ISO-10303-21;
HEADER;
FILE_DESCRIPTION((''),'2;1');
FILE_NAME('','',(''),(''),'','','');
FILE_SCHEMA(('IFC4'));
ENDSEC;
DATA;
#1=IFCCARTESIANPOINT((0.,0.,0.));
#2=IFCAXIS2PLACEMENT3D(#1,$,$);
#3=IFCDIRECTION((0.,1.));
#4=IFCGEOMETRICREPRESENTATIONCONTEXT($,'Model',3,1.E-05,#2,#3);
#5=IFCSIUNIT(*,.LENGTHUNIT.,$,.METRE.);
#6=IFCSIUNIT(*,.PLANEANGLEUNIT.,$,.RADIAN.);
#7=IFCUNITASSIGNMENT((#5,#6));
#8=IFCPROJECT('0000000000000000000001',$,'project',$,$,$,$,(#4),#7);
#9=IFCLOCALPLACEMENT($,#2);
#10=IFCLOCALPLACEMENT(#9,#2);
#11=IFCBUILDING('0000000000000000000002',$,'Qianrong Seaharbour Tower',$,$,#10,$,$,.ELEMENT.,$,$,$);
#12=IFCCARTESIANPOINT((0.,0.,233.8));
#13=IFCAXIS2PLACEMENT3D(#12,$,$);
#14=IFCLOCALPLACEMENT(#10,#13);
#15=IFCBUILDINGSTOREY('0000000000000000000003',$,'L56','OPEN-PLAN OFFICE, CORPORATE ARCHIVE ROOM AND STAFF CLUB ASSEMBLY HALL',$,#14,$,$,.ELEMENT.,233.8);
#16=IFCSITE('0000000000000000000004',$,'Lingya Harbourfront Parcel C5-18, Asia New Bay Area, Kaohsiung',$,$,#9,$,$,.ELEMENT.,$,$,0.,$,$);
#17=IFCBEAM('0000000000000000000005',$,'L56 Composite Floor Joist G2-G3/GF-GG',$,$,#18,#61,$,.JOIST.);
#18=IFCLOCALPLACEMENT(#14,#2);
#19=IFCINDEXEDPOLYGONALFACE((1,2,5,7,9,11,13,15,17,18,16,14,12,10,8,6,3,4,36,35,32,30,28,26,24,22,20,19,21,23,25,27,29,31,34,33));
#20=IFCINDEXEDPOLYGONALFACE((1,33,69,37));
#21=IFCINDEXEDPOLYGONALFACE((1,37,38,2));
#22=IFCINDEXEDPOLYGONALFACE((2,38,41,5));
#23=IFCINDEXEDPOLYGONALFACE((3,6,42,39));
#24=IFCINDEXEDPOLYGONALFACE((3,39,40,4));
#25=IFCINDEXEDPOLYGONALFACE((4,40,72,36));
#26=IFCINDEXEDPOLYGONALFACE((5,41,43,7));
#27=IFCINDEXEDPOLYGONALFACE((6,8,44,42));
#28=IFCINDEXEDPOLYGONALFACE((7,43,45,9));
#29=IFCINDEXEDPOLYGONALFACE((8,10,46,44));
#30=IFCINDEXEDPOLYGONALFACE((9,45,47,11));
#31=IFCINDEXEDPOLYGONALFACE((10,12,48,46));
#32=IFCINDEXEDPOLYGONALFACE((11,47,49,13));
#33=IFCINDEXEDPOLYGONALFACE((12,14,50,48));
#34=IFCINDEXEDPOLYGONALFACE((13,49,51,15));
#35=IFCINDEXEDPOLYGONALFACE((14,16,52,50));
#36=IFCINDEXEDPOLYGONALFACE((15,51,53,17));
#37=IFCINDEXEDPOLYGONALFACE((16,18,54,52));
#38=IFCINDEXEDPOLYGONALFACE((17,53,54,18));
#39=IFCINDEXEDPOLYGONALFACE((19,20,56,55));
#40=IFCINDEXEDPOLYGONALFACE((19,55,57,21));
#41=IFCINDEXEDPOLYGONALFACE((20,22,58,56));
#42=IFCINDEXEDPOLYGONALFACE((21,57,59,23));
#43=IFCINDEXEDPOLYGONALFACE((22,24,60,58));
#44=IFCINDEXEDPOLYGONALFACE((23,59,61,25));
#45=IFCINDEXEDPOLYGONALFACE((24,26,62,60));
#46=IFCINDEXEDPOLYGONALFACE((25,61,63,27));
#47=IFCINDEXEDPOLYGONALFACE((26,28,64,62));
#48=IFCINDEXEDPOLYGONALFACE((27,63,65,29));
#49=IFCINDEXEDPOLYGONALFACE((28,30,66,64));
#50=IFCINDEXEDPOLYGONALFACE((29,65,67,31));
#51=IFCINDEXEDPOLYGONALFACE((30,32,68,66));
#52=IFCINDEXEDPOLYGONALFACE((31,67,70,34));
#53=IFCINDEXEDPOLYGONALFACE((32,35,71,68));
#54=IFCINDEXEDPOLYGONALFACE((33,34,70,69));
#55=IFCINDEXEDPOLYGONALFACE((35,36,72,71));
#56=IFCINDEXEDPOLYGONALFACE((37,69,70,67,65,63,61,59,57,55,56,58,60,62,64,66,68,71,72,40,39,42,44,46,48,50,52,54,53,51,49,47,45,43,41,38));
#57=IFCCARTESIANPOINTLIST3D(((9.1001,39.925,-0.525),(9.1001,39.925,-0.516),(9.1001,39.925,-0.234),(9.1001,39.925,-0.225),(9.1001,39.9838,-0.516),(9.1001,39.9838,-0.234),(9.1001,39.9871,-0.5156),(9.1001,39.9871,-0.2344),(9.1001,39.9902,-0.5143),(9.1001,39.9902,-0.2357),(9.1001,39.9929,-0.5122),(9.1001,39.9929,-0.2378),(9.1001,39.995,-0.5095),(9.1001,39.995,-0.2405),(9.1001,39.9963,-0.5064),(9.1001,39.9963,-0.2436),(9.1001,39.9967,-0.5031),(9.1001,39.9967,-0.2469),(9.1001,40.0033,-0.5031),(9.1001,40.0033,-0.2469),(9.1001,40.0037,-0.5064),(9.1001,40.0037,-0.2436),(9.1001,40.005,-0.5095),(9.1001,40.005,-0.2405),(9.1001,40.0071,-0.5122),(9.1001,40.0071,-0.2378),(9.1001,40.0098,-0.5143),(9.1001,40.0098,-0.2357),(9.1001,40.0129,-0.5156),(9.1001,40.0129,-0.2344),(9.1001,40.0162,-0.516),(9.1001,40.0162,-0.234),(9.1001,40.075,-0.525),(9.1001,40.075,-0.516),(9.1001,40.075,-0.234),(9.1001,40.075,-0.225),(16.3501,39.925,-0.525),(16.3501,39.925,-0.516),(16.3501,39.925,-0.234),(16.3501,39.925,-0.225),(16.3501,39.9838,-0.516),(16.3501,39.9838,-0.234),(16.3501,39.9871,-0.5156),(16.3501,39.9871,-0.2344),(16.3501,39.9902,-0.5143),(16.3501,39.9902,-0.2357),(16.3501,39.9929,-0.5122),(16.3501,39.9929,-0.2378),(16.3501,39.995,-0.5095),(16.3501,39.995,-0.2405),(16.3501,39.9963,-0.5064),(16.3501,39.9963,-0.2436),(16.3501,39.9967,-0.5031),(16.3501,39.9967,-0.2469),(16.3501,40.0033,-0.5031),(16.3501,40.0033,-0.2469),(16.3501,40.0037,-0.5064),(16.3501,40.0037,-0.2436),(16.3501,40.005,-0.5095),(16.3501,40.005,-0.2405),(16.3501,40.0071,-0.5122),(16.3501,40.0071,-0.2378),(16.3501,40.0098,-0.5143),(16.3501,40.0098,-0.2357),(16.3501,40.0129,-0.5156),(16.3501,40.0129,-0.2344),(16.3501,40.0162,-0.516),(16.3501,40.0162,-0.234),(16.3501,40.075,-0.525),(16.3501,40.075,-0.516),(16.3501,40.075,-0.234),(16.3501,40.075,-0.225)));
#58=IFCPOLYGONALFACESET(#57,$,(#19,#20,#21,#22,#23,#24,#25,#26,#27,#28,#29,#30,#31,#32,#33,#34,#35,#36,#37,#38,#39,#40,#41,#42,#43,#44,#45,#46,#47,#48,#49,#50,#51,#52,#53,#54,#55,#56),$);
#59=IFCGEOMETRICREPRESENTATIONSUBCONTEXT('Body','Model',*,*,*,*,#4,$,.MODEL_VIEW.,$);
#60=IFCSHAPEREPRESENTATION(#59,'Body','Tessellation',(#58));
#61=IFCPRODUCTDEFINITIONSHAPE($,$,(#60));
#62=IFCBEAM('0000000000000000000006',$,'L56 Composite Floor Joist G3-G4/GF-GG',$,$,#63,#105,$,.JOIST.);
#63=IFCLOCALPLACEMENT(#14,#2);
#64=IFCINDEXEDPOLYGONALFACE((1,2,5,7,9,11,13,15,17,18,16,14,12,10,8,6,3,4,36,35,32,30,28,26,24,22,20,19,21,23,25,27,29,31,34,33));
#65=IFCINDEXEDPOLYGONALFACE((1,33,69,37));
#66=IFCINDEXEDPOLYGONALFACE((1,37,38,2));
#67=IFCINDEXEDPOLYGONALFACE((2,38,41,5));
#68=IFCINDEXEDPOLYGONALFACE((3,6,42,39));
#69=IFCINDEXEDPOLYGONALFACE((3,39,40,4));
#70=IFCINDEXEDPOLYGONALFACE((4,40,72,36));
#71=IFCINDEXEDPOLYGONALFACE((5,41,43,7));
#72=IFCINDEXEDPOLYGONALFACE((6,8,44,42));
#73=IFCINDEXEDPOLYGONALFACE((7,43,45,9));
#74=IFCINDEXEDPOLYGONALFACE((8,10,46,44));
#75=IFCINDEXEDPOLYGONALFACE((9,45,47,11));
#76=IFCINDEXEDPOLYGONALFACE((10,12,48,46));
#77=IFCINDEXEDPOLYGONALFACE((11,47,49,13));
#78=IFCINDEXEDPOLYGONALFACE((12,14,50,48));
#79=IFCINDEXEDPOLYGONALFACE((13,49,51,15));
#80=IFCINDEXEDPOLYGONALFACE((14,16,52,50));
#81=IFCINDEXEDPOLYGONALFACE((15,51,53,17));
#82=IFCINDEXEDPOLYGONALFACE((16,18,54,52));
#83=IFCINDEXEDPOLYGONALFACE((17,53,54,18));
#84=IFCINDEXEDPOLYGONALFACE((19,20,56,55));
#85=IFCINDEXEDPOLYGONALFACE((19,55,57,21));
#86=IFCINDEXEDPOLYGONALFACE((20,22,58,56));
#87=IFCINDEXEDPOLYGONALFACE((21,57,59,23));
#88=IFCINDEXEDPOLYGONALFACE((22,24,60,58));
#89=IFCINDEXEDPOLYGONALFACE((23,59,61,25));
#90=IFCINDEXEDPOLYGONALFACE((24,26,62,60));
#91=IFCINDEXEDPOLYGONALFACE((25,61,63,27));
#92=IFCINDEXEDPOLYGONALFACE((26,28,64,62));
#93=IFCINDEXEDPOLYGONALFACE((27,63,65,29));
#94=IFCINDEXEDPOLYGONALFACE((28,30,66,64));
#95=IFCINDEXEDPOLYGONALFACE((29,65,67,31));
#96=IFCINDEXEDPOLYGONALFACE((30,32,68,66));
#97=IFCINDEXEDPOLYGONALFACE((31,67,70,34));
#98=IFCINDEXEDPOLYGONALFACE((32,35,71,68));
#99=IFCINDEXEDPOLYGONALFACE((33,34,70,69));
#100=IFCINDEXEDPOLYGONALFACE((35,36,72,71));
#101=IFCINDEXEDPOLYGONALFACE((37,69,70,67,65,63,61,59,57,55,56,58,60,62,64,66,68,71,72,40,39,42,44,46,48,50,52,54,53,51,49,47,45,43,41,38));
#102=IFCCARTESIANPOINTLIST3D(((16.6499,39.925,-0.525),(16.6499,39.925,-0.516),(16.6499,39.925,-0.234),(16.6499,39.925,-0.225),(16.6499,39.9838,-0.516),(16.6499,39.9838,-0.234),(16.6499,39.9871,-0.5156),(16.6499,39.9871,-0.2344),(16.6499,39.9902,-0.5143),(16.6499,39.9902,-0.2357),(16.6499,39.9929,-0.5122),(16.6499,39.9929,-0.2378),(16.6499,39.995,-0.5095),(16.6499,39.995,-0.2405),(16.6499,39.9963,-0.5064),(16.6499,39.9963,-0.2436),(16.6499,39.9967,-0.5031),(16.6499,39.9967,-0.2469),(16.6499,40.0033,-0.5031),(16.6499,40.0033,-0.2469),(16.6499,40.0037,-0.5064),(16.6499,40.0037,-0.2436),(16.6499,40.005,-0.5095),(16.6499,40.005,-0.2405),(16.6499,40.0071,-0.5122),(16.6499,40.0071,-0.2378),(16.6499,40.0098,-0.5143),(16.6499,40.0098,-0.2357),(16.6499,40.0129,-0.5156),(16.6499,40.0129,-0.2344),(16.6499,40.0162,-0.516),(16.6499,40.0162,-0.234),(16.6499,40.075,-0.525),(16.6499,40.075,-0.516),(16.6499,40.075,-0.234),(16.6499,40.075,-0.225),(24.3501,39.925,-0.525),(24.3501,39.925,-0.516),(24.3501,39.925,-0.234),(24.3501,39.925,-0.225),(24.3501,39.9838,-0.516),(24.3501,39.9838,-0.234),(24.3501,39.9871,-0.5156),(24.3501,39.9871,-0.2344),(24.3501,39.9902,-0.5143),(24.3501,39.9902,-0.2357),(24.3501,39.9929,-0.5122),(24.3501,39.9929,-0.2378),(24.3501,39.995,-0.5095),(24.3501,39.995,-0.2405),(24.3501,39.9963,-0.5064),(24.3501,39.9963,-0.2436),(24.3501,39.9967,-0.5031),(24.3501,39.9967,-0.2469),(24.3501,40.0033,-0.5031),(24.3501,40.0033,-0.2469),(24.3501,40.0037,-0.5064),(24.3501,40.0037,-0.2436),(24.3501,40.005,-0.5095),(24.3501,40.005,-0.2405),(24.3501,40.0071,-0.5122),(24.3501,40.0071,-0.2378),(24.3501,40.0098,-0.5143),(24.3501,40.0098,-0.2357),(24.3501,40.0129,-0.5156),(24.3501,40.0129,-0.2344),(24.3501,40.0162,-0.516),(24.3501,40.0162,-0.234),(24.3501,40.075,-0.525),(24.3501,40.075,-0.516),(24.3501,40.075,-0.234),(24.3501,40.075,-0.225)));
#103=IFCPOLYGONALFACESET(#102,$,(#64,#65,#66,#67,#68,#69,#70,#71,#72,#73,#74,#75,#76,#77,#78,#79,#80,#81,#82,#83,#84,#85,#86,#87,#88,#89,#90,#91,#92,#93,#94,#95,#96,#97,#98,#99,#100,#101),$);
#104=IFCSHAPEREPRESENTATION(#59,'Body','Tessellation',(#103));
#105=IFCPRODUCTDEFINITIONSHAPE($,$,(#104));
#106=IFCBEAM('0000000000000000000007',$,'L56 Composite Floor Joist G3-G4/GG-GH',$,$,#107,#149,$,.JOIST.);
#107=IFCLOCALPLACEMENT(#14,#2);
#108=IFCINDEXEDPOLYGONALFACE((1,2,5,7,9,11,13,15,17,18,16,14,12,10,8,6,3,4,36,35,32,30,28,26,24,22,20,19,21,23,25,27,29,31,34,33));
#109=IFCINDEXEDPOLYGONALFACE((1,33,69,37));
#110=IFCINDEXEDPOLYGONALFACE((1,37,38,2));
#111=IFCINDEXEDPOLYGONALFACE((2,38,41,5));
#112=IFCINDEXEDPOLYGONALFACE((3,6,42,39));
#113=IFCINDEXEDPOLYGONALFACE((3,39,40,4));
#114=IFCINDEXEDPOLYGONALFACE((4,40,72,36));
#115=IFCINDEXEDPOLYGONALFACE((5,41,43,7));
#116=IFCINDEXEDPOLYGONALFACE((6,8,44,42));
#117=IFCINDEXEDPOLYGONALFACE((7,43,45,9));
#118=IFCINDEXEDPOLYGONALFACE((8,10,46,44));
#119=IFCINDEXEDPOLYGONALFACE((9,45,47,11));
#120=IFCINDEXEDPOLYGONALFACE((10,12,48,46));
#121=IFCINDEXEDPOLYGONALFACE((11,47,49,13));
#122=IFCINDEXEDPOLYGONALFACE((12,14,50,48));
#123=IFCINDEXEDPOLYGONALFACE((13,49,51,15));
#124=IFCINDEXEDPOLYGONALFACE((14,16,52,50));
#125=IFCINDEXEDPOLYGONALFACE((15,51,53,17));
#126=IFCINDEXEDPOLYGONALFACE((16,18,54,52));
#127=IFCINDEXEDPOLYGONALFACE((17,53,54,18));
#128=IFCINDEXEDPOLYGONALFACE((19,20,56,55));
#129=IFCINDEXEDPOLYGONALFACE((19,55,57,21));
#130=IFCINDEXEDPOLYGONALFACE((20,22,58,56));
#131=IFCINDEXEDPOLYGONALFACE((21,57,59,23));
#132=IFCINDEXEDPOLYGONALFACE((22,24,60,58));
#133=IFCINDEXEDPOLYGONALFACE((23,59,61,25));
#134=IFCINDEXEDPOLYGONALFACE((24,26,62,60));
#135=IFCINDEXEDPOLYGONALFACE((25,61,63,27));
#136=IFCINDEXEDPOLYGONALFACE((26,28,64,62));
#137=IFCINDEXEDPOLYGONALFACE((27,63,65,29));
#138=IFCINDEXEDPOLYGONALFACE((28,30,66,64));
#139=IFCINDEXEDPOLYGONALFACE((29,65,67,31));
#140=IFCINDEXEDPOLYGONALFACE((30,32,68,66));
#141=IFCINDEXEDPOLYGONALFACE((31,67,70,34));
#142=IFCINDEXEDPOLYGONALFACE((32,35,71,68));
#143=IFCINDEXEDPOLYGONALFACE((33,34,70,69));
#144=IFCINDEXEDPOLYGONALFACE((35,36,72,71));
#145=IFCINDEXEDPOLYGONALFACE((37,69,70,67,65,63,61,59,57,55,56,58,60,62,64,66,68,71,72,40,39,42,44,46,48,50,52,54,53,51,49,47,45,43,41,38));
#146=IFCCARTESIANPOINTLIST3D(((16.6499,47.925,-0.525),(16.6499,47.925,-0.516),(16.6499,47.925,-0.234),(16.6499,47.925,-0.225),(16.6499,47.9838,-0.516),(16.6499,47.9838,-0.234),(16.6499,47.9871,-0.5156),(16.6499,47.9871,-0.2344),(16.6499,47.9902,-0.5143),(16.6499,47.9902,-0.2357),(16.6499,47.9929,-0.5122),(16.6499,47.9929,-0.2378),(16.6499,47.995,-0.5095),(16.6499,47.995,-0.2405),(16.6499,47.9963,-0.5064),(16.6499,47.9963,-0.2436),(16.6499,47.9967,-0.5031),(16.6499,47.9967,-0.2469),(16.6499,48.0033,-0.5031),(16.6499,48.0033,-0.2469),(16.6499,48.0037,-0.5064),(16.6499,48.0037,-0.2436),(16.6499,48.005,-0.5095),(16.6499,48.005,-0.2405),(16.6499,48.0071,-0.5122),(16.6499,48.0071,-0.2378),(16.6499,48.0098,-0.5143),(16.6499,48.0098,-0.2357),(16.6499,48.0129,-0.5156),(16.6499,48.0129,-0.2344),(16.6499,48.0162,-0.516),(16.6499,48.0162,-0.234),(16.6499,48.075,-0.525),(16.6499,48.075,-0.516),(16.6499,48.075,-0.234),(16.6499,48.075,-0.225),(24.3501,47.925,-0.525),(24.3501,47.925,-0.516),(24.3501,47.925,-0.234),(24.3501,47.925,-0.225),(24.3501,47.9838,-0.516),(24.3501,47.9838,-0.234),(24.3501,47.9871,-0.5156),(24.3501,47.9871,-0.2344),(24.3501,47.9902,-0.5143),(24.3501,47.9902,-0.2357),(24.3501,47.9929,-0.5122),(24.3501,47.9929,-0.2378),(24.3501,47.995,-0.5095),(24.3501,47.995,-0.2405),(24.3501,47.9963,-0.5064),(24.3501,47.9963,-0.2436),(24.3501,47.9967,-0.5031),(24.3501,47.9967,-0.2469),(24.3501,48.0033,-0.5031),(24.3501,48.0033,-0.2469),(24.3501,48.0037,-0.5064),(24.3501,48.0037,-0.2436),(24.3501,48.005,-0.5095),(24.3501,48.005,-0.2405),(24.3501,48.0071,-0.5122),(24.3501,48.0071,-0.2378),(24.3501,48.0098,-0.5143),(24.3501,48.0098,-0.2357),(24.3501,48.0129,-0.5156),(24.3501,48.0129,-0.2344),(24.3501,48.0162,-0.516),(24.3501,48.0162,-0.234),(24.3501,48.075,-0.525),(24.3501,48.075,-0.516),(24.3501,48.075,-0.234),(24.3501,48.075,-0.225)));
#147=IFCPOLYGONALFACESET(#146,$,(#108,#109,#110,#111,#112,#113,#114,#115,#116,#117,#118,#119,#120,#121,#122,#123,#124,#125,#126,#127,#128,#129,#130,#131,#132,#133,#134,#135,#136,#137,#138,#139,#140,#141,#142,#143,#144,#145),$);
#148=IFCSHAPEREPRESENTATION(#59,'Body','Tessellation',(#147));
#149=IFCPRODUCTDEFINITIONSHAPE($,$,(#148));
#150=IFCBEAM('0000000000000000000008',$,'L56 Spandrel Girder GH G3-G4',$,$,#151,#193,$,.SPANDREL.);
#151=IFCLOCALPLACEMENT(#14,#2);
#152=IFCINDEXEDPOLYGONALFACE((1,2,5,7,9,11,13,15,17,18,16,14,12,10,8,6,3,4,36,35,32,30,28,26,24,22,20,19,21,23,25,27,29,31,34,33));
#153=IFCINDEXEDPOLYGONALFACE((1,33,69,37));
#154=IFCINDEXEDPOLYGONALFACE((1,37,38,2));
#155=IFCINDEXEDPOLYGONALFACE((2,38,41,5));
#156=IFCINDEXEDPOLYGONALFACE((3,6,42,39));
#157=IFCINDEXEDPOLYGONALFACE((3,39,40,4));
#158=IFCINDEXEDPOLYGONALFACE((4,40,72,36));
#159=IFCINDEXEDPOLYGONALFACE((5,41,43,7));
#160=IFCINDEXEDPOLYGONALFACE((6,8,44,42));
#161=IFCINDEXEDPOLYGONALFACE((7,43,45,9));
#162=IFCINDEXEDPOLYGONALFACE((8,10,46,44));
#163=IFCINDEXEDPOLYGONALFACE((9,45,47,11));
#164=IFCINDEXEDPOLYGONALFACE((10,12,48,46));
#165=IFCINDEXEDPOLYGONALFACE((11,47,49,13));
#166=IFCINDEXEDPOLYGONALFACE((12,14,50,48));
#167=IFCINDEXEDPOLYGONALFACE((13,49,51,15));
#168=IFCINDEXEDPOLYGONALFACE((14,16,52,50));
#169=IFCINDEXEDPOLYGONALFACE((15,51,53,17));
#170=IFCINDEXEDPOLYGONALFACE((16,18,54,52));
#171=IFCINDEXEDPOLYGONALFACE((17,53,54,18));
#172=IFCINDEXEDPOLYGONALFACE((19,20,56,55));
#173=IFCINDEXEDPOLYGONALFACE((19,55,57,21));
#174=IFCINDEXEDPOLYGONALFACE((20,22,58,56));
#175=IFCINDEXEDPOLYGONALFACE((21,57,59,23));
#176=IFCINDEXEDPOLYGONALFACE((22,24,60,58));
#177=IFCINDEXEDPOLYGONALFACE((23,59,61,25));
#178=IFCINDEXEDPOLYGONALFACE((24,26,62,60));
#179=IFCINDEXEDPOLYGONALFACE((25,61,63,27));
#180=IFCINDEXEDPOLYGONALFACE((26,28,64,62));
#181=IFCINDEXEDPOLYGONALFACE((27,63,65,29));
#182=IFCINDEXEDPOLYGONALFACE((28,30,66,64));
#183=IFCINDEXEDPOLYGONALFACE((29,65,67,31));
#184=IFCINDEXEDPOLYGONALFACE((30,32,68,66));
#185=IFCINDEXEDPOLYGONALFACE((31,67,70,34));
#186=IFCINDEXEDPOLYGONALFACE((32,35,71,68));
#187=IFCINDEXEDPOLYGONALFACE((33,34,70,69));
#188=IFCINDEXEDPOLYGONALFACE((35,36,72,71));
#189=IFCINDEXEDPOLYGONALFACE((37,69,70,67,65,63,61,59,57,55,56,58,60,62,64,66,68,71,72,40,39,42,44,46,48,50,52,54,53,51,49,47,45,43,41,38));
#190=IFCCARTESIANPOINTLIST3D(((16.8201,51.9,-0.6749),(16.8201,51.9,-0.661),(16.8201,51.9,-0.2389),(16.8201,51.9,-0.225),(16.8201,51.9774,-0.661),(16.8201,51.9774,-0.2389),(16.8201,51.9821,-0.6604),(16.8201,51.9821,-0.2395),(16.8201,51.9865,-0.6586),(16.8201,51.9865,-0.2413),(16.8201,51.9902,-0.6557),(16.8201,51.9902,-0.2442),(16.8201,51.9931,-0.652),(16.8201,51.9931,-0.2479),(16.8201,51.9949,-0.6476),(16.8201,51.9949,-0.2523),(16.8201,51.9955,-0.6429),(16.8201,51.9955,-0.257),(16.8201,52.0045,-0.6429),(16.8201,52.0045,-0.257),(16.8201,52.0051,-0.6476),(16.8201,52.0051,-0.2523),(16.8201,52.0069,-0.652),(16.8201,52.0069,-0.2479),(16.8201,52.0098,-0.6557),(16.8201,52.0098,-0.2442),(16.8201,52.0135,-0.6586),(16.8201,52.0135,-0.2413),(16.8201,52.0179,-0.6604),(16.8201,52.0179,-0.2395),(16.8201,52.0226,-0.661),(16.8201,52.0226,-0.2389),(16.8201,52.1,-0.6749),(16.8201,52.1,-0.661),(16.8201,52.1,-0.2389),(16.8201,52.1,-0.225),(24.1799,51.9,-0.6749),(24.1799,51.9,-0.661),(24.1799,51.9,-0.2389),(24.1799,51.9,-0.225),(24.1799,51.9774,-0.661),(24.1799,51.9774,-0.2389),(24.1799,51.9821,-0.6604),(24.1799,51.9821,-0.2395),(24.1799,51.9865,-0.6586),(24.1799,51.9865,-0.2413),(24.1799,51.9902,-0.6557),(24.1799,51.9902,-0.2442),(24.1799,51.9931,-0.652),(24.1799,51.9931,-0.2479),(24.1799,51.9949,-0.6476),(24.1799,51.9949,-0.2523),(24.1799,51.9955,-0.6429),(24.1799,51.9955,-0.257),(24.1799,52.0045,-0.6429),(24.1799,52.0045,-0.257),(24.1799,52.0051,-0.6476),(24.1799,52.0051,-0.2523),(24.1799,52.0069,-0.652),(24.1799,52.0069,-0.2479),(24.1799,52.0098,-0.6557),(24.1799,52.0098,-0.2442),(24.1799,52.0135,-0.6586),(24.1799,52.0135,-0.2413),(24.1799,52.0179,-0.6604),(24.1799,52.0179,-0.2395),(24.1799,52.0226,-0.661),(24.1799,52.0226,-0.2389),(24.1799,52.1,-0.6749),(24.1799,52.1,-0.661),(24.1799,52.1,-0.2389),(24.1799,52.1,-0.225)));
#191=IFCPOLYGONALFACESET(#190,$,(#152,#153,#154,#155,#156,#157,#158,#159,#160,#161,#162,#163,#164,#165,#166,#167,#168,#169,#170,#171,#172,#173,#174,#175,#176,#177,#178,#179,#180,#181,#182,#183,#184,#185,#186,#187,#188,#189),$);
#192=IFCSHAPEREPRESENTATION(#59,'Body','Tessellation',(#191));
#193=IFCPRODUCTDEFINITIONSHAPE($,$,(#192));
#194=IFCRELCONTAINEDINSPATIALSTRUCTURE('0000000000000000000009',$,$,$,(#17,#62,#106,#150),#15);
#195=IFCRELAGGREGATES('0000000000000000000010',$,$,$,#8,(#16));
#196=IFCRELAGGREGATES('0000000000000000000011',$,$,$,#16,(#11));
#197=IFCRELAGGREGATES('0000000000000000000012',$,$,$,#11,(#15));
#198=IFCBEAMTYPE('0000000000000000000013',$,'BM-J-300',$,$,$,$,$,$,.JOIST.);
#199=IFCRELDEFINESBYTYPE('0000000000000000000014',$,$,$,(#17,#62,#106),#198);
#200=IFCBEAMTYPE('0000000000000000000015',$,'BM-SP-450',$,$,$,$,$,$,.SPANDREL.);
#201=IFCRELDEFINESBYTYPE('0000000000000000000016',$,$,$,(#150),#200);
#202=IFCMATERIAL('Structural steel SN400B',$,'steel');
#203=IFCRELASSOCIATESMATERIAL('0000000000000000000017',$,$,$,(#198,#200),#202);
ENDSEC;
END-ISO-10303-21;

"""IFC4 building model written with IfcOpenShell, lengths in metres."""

from ifc_helpers import new_model, si_unit, direction, frame, origin, origin_2d, place, context, subcontext, project, spatial, i_section, extrude, material, material_profile, profile_set, type_object, element, save


model = new_model("IFC4")

# Units and contexts
model_context = context("Model", 3, precision=1e-05, world=origin(), true_north=direction((0.0, 1.0)))
body_context = subcontext(model_context, "Body", "Model", "MODEL_VIEW")
ifc_project = project(units=[si_unit("LENGTHUNIT", "METRE"), si_unit("PLANEANGLEUNIT", "RADIAN")], contexts=[model_context])

# Site, building, storey
site_placement = place(None, origin())
site = spatial("IfcSite", under=ifc_project, at=site_placement, Name="Lingya Harbourfront Parcel C5-18, Asia New Bay Area, Kaohsiung", CompositionType="ELEMENT", RefElevation=0.0)
building_placement = place(site_placement, origin())
building = spatial("IfcBuilding", under=site, at=building_placement, Name="Qianrong Seaharbour Tower", CompositionType="ELEMENT")
storey_placement = place(building_placement, frame((0.0, 0.0, 233.8)))
storey = spatial("IfcBuildingStorey", under=building, at=storey_placement, Name="L56", Description="OPEN-PLAN OFFICE, CORPORATE ARCHIVE ROOM AND STAFF CLUB ASSEMBLY HALL", CompositionType="ELEMENT", Elevation=233.8)

# Beams
ifc_material_1 = material(Name="Structural steel SN400B", Category="steel")
ifc_material_profile_1 = material_profile(ifc_material_1, i_section(OverallWidth=0.1499, OverallDepth=0.3, WebThickness=0.0066, FlangeThickness=0.009, FilletRadius=0.0129, at=origin_2d()), Name="H300x150x6.5x9")
ifc_profile_set_1 = profile_set([ifc_material_profile_1], Name="Structural steel SN400B")
beam_type_1 = type_object("IfcBeamType", Name="BM-J-300", PredefinedType="JOIST", material=ifc_profile_set_1)
beam_1_placement = place(storey_placement, frame((9.1001, 40.0, -0.375), z_axis=(1.0, 0.0, 0.0), x_axis=(0.0, 1.0, 0.0)))
element("IfcBeam", 1, at=beam_1_placement, inside=storey, type_object=beam_type_1, Name="L56 Composite Floor Joist G2-G3/GF-GG", PredefinedType="JOIST", context=body_context, shape_type="SweptSolid", body=[
    extrude(i_section(OverallWidth=0.1499, OverallDepth=0.3, WebThickness=0.0066, FlangeThickness=0.009, FilletRadius=0.0129, at=origin_2d()), origin(), (0.0, 0.0, 1.0), 7.25),
])
for number, where, z_axis, x_axis, name in (
    (2, (16.6499, 40.0, -0.375), (1.0, 0.0, 0.0), (0.0, 1.0, 0.0), "L56 Composite Floor Joist G3-G4/GF-GG"),
    (3, (16.6499, 48.0, -0.375), (1.0, 0.0, 0.0), (0.0, 1.0, 0.0), "L56 Composite Floor Joist G3-G4/GG-GH"),
):
    element("IfcBeam", number, at=place(storey_placement, frame(where, z_axis=z_axis, x_axis=x_axis)), inside=storey, type_object=beam_type_1, Name=name, PredefinedType="JOIST", context=body_context, shape_type="SweptSolid", body=[
        extrude(i_section(OverallWidth=0.1499, OverallDepth=0.3, WebThickness=0.0066, FlangeThickness=0.009, FilletRadius=0.0129, at=origin_2d()), origin(), (0.0, 0.0, 1.0), 7.7002),
    ])
ifc_material_profile_2 = material_profile(ifc_material_1, i_section(OverallWidth=0.2, OverallDepth=0.45, WebThickness=0.009, FlangeThickness=0.0139, FilletRadius=0.0181, at=origin_2d()), Name="H450x200x9x14")
ifc_profile_set_2 = profile_set([ifc_material_profile_2], Name="Structural steel SN400B")
beam_type_2 = type_object("IfcBeamType", Name="BM-SP-450", PredefinedType="SPANDREL", material=ifc_profile_set_2)
for number, where, z_axis, x_axis, name in (
    (4, (16.8201, 52.0, -0.45), (1.0, 0.0, 0.0), (0.0, 1.0, 0.0), "L56 Spandrel Girder GH G3-G4"),
):
    element("IfcBeam", number, at=place(storey_placement, frame(where, z_axis=z_axis, x_axis=x_axis)), inside=storey, type_object=beam_type_2, Name=name, PredefinedType="SPANDREL", context=body_context, shape_type="SweptSolid", body=[
        extrude(i_section(OverallWidth=0.2, OverallDepth=0.45, WebThickness=0.009, FlangeThickness=0.0139, FilletRadius=0.0181, at=origin_2d()), origin(), (0.0, 0.0, 1.0), 7.3599),
    ])

save(model, "model.ifc")
